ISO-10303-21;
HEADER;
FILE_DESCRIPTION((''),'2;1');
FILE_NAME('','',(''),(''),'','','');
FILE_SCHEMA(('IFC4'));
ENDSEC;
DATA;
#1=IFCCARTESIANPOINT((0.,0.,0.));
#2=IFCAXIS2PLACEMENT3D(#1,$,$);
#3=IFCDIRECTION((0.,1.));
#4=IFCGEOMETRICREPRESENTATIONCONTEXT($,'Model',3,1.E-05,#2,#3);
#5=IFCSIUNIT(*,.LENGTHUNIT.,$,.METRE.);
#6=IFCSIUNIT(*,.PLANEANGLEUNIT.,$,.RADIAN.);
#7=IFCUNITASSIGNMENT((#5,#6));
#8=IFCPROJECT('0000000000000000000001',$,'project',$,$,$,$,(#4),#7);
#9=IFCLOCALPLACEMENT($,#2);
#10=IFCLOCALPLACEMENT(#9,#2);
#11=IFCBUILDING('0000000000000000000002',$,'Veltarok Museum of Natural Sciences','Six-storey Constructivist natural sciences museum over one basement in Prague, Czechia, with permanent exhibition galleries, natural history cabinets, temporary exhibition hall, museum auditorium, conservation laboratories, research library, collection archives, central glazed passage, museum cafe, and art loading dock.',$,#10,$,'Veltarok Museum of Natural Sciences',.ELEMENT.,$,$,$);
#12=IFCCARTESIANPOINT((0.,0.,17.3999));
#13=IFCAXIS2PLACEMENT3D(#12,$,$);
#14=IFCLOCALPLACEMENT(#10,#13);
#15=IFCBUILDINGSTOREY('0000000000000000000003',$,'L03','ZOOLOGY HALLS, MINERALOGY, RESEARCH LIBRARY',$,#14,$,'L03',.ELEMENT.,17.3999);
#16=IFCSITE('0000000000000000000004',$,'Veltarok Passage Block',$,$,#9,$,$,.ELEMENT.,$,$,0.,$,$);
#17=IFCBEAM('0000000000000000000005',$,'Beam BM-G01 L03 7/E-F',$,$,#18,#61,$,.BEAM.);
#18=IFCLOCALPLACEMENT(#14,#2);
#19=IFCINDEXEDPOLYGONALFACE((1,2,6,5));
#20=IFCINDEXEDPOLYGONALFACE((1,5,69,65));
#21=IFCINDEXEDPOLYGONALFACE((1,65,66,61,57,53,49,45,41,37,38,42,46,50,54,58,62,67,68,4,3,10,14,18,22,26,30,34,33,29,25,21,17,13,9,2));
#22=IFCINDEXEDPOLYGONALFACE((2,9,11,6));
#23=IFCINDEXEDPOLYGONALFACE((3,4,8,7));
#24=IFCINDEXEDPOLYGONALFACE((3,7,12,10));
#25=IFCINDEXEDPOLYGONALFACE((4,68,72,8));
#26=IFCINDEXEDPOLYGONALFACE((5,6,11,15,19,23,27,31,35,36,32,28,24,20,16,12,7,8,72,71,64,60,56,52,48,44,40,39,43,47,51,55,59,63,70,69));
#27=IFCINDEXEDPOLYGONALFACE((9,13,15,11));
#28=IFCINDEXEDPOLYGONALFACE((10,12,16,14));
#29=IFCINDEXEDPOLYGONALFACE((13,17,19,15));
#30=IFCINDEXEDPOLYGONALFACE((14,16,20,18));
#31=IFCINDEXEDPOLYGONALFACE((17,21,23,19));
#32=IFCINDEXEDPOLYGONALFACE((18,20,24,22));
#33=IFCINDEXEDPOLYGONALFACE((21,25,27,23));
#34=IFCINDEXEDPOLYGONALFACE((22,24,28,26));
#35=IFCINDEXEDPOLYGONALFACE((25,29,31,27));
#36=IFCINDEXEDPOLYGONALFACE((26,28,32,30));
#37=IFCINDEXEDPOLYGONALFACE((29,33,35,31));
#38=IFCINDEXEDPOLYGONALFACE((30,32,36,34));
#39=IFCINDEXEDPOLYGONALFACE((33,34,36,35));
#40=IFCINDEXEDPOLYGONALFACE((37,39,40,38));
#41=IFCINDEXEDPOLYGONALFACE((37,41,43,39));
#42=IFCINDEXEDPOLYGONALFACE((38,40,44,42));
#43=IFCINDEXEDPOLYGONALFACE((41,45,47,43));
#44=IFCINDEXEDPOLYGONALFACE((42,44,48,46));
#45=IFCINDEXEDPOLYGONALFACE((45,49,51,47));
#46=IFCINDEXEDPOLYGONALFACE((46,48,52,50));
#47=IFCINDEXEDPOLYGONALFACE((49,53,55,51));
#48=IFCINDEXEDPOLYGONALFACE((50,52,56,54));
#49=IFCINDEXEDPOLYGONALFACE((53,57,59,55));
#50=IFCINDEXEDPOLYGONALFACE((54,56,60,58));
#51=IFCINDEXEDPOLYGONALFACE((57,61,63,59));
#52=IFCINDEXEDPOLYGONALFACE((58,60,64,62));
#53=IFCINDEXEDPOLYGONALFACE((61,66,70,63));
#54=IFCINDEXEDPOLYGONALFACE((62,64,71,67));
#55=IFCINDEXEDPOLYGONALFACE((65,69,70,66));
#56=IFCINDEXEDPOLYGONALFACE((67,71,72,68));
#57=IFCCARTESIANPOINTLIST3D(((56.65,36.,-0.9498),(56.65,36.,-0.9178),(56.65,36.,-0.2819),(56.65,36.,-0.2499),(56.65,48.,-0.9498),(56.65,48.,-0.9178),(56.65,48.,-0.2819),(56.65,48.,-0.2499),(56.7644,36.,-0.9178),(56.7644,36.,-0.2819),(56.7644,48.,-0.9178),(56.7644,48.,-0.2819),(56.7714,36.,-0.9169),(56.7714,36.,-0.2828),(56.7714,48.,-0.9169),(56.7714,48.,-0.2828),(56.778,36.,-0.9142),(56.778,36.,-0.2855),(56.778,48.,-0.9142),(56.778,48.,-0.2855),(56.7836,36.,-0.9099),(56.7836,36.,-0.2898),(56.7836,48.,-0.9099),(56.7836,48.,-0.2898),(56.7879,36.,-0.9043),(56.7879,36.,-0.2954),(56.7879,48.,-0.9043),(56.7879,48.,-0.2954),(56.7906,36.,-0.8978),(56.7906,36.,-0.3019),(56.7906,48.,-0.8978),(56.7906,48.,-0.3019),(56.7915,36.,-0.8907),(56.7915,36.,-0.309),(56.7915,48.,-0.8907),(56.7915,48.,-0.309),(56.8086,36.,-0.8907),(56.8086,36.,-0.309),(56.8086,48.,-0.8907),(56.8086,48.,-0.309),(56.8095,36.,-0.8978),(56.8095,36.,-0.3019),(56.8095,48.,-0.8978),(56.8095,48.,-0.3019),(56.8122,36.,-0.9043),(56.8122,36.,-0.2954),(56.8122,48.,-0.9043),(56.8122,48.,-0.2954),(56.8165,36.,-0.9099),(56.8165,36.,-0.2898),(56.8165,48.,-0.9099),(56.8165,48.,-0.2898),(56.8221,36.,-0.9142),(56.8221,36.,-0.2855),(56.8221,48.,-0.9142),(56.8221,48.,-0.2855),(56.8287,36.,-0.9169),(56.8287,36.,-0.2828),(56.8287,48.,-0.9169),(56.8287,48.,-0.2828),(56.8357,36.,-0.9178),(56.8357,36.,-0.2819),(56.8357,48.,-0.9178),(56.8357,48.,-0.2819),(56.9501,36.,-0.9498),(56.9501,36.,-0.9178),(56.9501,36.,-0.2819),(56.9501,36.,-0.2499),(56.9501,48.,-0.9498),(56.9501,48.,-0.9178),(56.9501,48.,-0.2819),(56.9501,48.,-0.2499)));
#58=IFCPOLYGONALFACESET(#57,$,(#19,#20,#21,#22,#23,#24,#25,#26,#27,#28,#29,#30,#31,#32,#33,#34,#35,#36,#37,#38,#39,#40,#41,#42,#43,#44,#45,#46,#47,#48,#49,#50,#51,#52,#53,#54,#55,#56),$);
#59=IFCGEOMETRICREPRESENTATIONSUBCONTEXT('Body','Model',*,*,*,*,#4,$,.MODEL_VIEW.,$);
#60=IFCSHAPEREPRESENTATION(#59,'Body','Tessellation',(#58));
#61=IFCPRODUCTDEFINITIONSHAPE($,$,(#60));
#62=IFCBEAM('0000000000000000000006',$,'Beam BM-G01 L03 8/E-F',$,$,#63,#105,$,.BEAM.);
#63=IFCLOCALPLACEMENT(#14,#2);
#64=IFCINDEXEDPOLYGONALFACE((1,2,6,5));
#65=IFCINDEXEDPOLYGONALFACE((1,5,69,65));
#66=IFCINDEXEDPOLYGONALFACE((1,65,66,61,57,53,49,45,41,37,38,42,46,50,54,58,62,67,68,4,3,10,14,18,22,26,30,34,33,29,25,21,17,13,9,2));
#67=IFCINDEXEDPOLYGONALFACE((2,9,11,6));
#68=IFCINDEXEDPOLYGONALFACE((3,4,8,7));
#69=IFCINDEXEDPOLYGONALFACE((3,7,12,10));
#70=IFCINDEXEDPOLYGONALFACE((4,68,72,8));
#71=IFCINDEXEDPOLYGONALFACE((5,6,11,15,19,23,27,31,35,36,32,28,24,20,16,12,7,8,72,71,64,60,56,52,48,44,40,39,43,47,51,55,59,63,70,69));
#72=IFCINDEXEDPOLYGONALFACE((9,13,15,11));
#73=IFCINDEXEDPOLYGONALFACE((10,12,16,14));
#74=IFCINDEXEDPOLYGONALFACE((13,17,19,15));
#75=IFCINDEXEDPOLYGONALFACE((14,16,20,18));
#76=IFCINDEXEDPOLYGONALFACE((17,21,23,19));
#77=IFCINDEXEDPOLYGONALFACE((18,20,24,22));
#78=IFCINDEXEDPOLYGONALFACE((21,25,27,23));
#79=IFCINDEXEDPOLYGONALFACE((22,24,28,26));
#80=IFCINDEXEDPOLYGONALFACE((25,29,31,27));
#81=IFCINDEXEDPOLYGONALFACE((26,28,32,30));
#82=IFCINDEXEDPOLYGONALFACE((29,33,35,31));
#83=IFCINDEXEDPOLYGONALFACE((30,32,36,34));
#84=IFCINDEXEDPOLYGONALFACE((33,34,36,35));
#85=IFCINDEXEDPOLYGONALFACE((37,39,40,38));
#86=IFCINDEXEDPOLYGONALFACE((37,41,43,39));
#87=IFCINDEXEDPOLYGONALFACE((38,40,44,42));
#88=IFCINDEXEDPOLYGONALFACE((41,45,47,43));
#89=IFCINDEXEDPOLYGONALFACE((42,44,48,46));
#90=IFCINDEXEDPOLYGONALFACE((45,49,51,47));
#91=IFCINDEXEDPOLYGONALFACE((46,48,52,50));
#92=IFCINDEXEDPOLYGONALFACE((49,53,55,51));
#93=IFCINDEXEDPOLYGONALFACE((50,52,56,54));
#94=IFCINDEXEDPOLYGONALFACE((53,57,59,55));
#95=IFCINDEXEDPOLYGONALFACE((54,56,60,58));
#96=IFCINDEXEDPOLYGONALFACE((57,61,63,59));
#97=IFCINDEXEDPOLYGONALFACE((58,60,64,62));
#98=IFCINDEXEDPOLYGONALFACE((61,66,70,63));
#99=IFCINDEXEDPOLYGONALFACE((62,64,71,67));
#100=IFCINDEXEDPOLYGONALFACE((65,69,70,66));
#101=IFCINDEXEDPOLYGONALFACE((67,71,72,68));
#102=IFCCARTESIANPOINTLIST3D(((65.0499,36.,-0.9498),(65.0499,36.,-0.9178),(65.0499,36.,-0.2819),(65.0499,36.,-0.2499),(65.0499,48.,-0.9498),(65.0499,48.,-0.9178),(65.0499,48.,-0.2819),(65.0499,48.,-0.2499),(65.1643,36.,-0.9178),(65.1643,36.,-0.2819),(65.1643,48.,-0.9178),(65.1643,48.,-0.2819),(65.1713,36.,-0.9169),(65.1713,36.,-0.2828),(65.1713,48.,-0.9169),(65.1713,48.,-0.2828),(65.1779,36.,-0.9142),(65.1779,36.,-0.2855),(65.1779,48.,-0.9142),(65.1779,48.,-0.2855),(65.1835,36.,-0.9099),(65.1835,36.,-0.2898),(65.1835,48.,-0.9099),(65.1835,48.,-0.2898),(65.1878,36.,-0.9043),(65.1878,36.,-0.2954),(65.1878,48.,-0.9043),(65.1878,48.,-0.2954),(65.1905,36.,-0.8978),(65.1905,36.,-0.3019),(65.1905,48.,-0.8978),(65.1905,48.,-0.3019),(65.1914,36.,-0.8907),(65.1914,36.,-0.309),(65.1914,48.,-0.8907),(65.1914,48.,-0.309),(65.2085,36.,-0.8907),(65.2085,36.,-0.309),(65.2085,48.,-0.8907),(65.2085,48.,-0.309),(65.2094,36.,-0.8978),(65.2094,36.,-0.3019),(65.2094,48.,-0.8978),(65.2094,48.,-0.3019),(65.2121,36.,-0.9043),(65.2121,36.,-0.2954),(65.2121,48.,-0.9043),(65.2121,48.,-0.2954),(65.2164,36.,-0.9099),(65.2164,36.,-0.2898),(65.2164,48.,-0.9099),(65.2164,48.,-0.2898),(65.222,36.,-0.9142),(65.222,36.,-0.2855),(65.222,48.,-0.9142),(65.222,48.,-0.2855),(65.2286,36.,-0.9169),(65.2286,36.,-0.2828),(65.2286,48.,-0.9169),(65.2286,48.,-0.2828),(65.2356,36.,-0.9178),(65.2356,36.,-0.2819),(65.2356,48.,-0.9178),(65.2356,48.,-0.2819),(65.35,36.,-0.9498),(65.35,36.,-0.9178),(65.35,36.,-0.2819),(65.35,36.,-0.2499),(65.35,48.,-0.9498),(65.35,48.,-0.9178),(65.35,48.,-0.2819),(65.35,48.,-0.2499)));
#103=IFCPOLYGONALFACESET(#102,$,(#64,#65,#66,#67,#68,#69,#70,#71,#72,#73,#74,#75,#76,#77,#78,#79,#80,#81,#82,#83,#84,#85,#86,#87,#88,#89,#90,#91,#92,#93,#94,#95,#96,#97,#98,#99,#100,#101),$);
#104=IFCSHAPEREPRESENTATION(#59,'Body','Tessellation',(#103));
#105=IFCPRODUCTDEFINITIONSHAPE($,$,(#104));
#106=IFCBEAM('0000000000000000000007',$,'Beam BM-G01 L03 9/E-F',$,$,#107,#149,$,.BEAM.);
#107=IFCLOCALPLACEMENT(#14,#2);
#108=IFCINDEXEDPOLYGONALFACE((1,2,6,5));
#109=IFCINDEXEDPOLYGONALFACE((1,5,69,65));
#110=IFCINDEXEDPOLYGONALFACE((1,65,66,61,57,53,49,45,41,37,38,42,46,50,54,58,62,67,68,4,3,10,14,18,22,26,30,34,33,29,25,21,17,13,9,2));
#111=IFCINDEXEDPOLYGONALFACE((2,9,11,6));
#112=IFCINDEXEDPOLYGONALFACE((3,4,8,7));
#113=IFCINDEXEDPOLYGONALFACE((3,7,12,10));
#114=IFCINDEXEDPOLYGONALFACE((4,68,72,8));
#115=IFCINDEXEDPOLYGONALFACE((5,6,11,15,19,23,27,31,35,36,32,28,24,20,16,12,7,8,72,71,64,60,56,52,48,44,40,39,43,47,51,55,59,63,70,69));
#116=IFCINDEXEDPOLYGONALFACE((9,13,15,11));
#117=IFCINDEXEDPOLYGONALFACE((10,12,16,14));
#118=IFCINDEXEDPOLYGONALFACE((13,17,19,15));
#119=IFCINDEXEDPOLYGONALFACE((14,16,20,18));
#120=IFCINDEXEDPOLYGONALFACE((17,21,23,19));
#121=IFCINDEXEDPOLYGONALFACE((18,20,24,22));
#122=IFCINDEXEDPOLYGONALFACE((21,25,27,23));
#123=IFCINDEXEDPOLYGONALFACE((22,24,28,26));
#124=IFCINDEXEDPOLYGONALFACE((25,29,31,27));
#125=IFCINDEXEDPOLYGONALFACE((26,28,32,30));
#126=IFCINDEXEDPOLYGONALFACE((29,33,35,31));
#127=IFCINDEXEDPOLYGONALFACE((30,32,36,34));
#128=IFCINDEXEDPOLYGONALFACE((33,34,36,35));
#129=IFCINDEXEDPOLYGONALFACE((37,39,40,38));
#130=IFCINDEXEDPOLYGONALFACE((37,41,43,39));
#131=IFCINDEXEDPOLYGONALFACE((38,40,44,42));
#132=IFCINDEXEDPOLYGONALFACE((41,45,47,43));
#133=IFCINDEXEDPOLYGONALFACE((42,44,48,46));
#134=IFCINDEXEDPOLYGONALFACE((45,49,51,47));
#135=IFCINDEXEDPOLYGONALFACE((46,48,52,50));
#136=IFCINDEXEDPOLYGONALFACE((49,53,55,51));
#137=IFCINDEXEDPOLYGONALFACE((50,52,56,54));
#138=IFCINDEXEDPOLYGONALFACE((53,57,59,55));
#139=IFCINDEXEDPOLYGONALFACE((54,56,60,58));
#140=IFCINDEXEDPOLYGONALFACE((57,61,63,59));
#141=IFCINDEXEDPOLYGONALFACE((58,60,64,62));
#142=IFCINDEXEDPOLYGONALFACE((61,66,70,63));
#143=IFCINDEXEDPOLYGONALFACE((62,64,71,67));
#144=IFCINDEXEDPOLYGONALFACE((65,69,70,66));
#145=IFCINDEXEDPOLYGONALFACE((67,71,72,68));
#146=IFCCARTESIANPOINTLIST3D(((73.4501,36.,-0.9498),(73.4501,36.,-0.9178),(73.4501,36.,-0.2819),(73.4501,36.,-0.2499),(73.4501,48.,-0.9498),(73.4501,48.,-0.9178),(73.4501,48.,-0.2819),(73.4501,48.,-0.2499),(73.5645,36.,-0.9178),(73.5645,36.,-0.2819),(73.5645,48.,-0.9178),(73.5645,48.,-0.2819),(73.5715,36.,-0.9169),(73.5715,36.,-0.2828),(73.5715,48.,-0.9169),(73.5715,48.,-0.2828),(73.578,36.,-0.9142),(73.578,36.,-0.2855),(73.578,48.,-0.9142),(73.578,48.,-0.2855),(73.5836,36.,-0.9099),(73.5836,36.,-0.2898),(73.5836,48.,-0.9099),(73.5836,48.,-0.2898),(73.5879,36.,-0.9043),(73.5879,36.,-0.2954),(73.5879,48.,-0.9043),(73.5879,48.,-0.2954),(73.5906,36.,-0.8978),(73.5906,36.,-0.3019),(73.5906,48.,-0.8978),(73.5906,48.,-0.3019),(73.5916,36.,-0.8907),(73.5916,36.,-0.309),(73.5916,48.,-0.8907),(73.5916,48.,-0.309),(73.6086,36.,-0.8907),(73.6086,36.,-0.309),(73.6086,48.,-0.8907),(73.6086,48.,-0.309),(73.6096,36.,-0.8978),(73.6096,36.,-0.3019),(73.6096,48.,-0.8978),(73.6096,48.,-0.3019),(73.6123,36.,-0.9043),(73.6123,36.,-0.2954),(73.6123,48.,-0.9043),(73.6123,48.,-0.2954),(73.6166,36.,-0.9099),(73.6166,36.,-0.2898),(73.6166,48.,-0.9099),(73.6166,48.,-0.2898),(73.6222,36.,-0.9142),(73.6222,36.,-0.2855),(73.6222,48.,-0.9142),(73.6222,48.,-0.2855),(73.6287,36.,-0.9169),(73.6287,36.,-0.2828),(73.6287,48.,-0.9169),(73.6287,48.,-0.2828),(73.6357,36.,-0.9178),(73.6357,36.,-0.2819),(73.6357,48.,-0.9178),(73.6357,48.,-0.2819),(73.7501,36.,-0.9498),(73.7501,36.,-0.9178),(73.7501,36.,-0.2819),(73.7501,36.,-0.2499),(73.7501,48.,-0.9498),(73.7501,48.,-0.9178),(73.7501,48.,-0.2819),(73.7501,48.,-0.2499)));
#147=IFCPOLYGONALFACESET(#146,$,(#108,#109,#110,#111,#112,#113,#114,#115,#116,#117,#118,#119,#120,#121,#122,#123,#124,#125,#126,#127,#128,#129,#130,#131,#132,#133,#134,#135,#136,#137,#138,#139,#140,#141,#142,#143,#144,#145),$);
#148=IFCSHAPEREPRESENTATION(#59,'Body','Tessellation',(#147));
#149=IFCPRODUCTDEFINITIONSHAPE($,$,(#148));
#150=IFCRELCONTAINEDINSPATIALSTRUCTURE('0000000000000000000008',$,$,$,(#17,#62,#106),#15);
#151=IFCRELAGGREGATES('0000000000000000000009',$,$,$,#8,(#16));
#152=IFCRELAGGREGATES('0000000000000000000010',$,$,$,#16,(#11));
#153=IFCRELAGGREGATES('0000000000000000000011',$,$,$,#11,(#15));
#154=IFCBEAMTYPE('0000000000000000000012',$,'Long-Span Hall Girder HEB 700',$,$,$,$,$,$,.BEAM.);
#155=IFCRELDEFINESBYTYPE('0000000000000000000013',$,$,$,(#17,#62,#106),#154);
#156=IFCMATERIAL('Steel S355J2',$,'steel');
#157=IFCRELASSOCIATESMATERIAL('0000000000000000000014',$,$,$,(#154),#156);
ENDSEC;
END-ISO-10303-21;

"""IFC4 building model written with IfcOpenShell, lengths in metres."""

from ifc_helpers import new_model, si_unit, direction, frame, origin, origin_2d, place, context, subcontext, project, spatial, i_section, extrude, material, material_profile, profile_set, type_object, element, save


model = new_model("IFC4")

# Units and contexts
model_context = context("Model", 3, precision=1e-05, world=origin(), true_north=direction((0.0, 1.0)))
body_context = subcontext(model_context, "Body", "Model", "MODEL_VIEW")
ifc_project = project(units=[si_unit("LENGTHUNIT", "METRE"), si_unit("PLANEANGLEUNIT", "RADIAN")], contexts=[model_context])

# Site, building, storey
site_placement = place(None, origin())
site = spatial("IfcSite", under=ifc_project, at=site_placement, Name="Veltarok Passage Block", CompositionType="ELEMENT", RefElevation=0.0)
building_placement = place(site_placement, origin())
building = spatial("IfcBuilding", under=site, at=building_placement, Name="Veltarok Museum of Natural Sciences", Description="Six-storey Constructivist natural sciences museum over one basement in Prague, Czechia, with permanent exhibition galleries, natural history cabinets, temporary exhibition hall, museum auditorium, conservation laboratories, research library, collection archives, central glazed passage, museum cafe, and art loading dock.", LongName="Veltarok Museum of Natural Sciences", CompositionType="ELEMENT")
storey_placement = place(building_placement, frame((0.0, 0.0, 17.3999)))
storey = spatial("IfcBuildingStorey", under=building, at=storey_placement, Name="L03", Description="ZOOLOGY HALLS, MINERALOGY, RESEARCH LIBRARY", LongName="L03", CompositionType="ELEMENT", Elevation=17.3999)

# Shared definitions
ifc_material = material(Name="Steel S355J2", Category="steel")

# Beams
ifc_material_profile_1 = material_profile(ifc_material, i_section(OverallWidth=0.3, OverallDepth=0.7, WebThickness=0.0171, FlangeThickness=0.032, FilletRadius=0.0271, at=origin_2d()), Name="HEB 700")
ifc_profile_set_1 = profile_set([ifc_material_profile_1], Name="Steel S355J2")
beam_type_1 = type_object("IfcBeamType", Name="Long-Span Hall Girder HEB 700", PredefinedType="BEAM", material=ifc_profile_set_1)
for number, where, z_axis, x_axis, name in (
    (1, (56.8, 36.0, -0.5999), (0.0, 1.0, 0.0), (-1.0, 0.0, 0.0), "Beam BM-G01 L03 7/E-F"),
    (2, (65.2, 36.0, -0.5999), (0.0, 1.0, 0.0), (-1.0, 0.0, 0.0), "Beam BM-G01 L03 8/E-F"),
    (3, (73.6001, 36.0, -0.5999), (0.0, 1.0, 0.0), (-1.0, 0.0, 0.0), "Beam BM-G01 L03 9/E-F"),
):
    element("IfcBeam", number, at=place(storey_placement, frame(where, z_axis=z_axis, x_axis=x_axis)), inside=storey, type_object=beam_type_1, Name=name, PredefinedType="BEAM", context=body_context, shape_type="SweptSolid", body=[
        extrude(i_section(OverallWidth=0.3, OverallDepth=0.7, WebThickness=0.0171, FlangeThickness=0.032, FilletRadius=0.0271, at=origin_2d()), origin(), (0.0, 0.0, 1.0), 12.0),
    ])

save(model, "model.ifc")
